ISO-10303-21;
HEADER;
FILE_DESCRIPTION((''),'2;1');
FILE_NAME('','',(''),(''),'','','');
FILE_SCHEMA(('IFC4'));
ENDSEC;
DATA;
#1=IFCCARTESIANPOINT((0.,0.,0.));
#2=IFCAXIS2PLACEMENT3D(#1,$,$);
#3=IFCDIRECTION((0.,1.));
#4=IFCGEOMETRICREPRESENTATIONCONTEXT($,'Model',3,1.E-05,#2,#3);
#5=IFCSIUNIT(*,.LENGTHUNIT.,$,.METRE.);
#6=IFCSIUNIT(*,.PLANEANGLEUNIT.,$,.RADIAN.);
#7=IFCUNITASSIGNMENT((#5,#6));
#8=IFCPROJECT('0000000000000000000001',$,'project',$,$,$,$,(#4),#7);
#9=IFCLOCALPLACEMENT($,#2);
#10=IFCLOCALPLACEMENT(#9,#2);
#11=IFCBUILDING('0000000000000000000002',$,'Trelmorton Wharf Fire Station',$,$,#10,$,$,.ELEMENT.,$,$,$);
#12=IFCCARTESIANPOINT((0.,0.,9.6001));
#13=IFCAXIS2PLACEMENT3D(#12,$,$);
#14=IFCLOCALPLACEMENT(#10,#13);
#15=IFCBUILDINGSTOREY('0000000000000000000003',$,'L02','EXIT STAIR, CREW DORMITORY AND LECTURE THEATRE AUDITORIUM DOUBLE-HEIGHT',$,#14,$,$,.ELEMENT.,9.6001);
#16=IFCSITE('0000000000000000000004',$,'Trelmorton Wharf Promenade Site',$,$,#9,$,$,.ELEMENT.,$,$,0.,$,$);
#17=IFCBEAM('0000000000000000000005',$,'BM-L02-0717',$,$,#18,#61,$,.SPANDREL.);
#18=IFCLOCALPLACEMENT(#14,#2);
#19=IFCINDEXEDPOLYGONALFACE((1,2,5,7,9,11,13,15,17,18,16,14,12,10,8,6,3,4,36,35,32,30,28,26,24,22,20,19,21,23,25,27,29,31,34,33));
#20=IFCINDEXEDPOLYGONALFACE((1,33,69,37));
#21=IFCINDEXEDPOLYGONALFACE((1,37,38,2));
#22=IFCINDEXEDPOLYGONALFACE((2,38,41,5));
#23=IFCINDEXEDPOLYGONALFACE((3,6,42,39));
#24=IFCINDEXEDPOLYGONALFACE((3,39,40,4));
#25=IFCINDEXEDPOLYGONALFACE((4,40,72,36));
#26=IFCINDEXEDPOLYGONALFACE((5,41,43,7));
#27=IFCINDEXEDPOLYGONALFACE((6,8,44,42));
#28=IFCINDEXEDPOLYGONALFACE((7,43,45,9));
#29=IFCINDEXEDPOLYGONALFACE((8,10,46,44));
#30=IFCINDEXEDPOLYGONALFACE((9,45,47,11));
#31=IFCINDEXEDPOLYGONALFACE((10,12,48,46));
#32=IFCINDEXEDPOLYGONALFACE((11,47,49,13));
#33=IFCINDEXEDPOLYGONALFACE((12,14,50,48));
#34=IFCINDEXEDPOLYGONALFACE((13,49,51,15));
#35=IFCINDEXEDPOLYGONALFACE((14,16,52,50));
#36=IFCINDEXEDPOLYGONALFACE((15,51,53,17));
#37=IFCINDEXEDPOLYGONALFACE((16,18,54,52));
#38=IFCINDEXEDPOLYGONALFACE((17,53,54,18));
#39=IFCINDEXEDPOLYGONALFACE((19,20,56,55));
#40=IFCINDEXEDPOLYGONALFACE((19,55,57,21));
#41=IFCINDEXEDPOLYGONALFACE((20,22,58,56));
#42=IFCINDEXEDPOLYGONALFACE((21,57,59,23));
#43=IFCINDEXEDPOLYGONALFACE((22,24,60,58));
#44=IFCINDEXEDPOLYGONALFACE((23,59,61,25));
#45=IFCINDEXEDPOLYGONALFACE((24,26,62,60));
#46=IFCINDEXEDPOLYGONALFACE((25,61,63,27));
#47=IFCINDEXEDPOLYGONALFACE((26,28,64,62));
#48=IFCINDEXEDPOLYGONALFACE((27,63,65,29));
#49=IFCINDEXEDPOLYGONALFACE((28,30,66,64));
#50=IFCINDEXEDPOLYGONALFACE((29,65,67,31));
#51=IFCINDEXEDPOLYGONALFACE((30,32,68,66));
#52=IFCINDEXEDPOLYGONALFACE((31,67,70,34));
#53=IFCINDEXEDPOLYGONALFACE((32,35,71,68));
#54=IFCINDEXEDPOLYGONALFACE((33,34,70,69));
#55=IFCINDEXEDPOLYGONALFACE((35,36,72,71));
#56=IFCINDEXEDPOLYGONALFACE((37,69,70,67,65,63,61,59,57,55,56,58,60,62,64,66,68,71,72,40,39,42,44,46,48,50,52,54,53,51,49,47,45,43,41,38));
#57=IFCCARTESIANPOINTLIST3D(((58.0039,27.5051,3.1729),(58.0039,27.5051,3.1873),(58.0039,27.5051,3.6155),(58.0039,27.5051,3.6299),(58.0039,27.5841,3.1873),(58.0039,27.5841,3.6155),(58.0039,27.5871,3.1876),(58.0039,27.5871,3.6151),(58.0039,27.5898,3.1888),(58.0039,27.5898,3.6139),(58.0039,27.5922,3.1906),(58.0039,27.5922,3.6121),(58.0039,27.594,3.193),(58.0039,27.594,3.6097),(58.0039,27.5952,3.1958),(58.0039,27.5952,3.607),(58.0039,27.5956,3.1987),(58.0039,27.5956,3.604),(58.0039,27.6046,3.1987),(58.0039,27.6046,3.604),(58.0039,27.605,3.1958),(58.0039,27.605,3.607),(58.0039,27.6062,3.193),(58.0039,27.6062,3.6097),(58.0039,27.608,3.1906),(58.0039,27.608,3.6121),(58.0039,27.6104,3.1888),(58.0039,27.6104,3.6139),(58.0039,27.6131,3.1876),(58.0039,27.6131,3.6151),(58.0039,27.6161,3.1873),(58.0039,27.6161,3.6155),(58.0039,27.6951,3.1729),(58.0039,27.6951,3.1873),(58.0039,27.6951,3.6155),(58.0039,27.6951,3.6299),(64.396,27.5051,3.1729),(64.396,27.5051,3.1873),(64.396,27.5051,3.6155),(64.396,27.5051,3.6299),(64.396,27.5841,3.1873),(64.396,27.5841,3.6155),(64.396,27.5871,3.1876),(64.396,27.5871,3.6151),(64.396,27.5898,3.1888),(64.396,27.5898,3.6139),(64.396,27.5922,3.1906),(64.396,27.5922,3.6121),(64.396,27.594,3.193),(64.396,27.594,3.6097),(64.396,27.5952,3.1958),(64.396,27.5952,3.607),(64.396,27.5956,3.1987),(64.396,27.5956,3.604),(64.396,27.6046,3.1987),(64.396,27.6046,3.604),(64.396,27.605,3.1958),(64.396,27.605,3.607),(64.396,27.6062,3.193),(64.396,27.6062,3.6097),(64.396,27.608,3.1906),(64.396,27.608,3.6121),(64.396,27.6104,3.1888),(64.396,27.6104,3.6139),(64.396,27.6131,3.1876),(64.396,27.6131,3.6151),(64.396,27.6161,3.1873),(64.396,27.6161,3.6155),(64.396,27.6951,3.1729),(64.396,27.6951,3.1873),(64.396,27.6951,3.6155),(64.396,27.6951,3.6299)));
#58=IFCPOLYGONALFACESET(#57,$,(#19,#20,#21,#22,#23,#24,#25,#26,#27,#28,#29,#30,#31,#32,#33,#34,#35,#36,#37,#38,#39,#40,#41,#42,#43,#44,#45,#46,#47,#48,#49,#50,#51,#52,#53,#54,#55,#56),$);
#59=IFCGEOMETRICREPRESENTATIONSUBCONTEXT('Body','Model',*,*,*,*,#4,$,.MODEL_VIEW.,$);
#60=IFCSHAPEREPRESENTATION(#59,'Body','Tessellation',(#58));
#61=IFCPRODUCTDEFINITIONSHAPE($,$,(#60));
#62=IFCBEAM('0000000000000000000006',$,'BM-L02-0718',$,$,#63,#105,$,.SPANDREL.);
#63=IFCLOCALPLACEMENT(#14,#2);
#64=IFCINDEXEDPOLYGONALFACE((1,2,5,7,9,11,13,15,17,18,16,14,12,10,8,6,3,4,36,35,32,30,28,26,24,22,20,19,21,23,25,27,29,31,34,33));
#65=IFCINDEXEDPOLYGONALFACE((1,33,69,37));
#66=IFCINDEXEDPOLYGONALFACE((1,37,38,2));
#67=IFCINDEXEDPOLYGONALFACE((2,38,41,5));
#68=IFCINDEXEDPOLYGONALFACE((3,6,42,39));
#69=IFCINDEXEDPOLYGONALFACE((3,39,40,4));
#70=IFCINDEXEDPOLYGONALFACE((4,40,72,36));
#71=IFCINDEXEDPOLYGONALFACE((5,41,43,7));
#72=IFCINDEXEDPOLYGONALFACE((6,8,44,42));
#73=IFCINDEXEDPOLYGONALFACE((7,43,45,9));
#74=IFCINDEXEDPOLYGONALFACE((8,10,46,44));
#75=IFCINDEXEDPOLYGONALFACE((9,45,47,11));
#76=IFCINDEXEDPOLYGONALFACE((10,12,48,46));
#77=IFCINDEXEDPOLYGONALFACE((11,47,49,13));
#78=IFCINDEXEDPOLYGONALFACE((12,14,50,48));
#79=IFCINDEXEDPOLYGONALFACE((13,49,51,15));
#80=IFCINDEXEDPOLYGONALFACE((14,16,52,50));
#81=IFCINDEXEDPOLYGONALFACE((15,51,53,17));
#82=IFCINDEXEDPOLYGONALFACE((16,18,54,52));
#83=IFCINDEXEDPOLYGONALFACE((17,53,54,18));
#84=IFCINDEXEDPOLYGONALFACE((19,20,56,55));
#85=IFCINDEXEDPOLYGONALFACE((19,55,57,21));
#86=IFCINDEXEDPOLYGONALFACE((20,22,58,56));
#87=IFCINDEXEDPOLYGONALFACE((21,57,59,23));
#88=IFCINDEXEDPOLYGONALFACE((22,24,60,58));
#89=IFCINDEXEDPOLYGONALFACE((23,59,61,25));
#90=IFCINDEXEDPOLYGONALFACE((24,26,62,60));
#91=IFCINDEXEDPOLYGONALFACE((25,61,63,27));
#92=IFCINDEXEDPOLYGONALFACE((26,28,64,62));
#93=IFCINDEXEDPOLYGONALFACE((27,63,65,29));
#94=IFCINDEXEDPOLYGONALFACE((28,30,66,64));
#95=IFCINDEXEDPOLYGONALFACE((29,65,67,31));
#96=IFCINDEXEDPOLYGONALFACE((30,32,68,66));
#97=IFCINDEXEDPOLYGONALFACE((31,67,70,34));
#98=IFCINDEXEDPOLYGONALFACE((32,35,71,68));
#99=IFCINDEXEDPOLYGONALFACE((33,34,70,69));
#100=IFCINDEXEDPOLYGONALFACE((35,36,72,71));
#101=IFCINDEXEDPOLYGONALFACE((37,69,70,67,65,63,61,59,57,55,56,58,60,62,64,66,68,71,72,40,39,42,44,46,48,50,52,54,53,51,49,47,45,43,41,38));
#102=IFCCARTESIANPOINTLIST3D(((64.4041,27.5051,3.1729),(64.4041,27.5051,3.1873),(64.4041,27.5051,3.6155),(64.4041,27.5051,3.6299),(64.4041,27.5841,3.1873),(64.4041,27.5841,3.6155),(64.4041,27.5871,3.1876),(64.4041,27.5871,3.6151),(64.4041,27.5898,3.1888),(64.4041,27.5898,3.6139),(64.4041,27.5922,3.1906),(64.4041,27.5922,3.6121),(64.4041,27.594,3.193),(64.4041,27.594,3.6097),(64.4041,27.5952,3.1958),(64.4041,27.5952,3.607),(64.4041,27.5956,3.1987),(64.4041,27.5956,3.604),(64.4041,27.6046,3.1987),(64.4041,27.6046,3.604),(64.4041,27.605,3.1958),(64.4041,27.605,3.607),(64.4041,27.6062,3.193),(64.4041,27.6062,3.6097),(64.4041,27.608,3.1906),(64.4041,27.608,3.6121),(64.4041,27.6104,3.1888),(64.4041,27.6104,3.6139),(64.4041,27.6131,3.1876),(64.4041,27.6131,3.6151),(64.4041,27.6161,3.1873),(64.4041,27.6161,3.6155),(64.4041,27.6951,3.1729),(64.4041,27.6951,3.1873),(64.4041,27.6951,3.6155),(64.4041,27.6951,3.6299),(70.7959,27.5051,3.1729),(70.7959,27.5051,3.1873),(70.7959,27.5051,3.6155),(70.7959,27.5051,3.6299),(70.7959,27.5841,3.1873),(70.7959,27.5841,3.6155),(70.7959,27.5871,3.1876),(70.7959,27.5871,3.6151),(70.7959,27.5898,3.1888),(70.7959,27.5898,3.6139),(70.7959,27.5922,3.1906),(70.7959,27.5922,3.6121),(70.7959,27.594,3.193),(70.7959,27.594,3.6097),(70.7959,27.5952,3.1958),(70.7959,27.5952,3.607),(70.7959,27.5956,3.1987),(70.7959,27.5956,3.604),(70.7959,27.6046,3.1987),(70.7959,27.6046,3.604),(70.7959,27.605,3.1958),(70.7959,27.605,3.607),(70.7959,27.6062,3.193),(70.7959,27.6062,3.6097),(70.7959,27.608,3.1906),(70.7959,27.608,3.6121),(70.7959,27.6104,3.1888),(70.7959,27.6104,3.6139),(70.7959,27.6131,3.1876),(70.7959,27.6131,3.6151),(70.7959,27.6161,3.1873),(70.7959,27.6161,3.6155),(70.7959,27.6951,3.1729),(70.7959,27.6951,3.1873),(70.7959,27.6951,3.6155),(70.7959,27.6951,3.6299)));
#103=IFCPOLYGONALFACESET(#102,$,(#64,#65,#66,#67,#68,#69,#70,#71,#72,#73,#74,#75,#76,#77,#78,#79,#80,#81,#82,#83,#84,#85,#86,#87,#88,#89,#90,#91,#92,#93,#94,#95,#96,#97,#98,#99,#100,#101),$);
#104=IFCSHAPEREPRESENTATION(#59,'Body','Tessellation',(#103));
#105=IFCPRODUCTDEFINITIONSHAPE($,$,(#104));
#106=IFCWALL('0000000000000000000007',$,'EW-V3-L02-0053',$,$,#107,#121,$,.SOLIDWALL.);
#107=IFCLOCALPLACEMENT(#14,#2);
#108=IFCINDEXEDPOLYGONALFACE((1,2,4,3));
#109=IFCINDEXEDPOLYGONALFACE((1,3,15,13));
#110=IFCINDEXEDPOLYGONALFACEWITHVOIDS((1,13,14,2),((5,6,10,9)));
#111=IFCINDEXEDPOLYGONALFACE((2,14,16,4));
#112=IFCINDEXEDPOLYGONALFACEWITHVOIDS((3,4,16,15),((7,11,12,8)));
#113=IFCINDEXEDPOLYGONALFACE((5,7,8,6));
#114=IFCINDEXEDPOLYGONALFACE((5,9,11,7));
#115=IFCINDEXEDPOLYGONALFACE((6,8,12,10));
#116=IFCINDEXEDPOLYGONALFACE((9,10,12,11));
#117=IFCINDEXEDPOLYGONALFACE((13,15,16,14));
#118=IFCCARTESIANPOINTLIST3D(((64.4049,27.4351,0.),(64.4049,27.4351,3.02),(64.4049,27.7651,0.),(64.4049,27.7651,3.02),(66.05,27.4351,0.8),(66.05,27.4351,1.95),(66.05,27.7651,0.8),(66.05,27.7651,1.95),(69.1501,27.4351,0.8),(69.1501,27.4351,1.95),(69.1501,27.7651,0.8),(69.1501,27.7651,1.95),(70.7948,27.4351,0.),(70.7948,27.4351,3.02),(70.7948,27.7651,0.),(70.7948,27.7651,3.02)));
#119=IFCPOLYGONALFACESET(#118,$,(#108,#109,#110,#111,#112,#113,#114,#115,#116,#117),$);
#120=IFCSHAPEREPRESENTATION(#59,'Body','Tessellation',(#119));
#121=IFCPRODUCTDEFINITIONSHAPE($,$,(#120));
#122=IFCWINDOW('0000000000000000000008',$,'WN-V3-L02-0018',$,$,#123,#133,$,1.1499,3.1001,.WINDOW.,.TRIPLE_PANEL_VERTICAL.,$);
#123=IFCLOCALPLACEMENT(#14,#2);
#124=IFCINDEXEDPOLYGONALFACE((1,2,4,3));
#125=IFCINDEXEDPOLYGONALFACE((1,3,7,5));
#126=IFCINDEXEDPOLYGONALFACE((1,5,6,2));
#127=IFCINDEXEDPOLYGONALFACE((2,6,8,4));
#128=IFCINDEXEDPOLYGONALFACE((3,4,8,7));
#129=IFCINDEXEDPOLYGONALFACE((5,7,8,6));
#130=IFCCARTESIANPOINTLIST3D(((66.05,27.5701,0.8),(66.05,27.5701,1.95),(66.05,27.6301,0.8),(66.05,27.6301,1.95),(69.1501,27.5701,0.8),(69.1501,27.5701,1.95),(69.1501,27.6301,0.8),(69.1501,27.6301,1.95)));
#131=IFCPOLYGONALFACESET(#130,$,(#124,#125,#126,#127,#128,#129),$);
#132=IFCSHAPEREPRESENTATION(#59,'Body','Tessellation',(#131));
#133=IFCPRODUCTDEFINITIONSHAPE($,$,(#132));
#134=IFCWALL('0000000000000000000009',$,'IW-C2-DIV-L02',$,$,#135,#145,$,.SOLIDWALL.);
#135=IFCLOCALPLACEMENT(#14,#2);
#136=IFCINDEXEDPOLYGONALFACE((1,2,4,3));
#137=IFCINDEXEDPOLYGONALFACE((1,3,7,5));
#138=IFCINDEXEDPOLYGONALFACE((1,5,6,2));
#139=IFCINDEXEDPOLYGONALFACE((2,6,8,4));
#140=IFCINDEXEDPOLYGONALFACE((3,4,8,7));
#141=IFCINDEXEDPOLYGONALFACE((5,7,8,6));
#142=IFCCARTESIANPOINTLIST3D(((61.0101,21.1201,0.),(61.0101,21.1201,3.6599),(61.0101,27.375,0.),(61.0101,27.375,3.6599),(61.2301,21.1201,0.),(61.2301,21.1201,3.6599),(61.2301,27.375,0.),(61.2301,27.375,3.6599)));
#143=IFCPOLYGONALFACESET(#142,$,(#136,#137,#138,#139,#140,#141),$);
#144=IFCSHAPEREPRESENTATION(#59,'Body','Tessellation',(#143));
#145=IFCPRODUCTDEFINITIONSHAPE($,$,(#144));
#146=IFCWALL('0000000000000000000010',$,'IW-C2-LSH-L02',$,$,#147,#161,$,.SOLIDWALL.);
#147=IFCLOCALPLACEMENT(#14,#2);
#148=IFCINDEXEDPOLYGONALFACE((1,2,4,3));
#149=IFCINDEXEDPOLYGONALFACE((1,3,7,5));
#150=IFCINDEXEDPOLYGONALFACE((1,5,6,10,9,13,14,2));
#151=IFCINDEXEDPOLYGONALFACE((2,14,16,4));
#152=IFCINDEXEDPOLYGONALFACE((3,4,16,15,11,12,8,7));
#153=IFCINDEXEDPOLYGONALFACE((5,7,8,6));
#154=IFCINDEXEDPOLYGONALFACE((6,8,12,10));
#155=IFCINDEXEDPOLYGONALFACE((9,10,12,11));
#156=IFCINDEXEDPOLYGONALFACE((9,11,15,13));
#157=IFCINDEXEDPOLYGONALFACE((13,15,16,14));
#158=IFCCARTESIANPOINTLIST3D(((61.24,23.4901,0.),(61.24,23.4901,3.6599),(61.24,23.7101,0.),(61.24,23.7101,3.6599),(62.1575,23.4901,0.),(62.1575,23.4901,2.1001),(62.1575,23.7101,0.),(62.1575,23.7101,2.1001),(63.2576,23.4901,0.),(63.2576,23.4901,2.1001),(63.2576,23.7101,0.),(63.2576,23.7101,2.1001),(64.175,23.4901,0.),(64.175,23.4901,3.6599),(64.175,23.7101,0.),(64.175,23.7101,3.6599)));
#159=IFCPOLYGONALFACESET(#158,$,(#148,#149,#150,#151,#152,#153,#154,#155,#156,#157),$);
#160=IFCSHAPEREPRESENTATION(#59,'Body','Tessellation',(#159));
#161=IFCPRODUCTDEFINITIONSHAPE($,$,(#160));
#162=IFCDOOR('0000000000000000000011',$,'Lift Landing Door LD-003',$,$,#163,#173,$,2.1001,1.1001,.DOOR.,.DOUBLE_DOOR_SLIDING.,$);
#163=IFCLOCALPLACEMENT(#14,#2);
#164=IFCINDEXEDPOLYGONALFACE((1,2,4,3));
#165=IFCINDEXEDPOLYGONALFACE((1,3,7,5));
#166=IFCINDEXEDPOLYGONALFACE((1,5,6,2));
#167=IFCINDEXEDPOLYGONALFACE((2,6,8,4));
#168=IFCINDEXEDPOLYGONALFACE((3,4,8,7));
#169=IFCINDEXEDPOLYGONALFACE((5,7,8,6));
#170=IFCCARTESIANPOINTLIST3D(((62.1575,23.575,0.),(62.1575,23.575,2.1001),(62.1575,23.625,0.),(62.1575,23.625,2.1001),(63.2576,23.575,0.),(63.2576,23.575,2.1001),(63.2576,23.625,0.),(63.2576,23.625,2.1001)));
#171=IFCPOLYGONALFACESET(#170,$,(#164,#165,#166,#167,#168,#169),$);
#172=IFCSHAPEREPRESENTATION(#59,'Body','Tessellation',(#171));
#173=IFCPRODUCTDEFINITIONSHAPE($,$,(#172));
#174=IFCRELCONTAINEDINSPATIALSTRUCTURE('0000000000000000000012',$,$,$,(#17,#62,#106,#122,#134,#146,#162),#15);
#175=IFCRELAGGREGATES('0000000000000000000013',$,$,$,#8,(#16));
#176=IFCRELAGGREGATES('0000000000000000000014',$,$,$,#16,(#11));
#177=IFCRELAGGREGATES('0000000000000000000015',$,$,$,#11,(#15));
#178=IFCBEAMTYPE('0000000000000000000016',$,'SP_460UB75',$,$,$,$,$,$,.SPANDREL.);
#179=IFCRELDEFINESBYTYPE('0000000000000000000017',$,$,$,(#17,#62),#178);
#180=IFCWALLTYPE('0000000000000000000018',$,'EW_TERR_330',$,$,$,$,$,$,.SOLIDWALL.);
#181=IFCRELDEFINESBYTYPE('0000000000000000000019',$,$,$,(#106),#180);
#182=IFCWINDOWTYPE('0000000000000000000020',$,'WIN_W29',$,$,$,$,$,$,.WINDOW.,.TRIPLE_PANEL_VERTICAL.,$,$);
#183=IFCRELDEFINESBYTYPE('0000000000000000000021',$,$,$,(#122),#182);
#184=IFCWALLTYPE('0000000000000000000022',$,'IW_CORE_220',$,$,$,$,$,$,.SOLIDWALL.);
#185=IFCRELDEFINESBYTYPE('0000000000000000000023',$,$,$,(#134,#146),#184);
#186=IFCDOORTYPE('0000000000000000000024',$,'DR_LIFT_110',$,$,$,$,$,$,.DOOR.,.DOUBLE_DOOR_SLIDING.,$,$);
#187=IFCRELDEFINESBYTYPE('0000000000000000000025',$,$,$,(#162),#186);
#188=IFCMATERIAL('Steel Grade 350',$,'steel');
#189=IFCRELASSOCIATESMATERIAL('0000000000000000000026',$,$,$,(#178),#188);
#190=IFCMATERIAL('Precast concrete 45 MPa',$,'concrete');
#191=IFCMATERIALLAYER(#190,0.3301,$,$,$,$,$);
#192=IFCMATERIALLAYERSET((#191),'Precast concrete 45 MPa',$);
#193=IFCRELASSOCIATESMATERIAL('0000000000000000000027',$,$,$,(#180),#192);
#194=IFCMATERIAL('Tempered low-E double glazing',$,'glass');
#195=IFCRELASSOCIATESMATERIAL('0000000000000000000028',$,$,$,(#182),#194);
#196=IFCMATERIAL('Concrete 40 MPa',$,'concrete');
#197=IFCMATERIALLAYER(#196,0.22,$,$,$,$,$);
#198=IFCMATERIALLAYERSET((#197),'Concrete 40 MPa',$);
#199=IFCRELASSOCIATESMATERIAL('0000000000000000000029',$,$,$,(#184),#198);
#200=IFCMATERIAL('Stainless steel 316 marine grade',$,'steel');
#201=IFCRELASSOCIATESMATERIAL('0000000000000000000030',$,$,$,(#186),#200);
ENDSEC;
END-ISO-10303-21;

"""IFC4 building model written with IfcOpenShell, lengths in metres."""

from ifc_helpers import new_model, si_unit, direction, frame, frame_2d, origin, origin_2d, place, context, subcontext, project, spatial, rectangle, i_section, extrude, material, layer, layer_set, material_profile, profile_set, type_object, element, fill, save


model = new_model("IFC4")

# Units and contexts
model_context = context("Model", 3, precision=1e-05, world=origin(), true_north=direction((0.0, 1.0)))
body_context = subcontext(model_context, "Body", "Model", "MODEL_VIEW")
ifc_project = project(units=[si_unit("LENGTHUNIT", "METRE"), si_unit("PLANEANGLEUNIT", "RADIAN")], contexts=[model_context])

# Site, building, storey
site_placement = place(None, origin())
site = spatial("IfcSite", under=ifc_project, at=site_placement, Name="Trelmorton Wharf Promenade Site", CompositionType="ELEMENT", RefElevation=0.0)
building_placement = place(site_placement, origin())
building = spatial("IfcBuilding", under=site, at=building_placement, Name="Trelmorton Wharf Fire Station", CompositionType="ELEMENT")
storey_placement = place(building_placement, frame((0.0, 0.0, 9.6001)))
storey = spatial("IfcBuildingStorey", under=building, at=storey_placement, Name="L02", Description="EXIT STAIR, CREW DORMITORY AND LECTURE THEATRE AUDITORIUM DOUBLE-HEIGHT", CompositionType="ELEMENT", Elevation=9.6001)

# Shared definitions
ifc_material_1 = material(Name="Steel Grade 350", Category="steel")

# Beams
ifc_material_profile_1 = material_profile(ifc_material_1, i_section(OverallWidth=0.1899, OverallDepth=0.457, WebThickness=0.009, FlangeThickness=0.0144, FilletRadius=0.0115, at=origin_2d()), Name="460UB74.6")
ifc_profile_set_1 = profile_set([ifc_material_profile_1], Name="Steel Grade 350")
beam_type_1 = type_object("IfcBeamType", Name="SP_460UB75", PredefinedType="SPANDREL", material=ifc_profile_set_1)
beam_1_placement = place(storey_placement, frame((58.0039, 27.6001, 3.4014), z_axis=(1.0, 0.0, 0.0), x_axis=(0.0, 1.0, 0.0)))
element("IfcBeam", 1, at=beam_1_placement, inside=storey, type_object=beam_type_1, Name="BM-L02-0717", PredefinedType="SPANDREL", context=body_context, shape_type="SweptSolid", body=[
    extrude(i_section(OverallWidth=0.1899, OverallDepth=0.457, WebThickness=0.009, FlangeThickness=0.0144, FilletRadius=0.0115, at=origin_2d()), origin(), (0.0, 0.0, 1.0), 6.3921),
])
beam_2_placement = place(storey_placement, frame((64.4041, 27.6001, 3.4014), z_axis=(1.0, 0.0, 0.0), x_axis=(0.0, 1.0, 0.0)))
element("IfcBeam", 2, at=beam_2_placement, inside=storey, type_object=beam_type_1, Name="BM-L02-0718", PredefinedType="SPANDREL", context=body_context, shape_type="SweptSolid", body=[
    extrude(i_section(OverallWidth=0.1899, OverallDepth=0.457, WebThickness=0.009, FlangeThickness=0.0144, FilletRadius=0.0115, at=origin_2d()), origin(), (0.0, 0.0, 1.0), 6.3918),
])

# Wall, opening, window
ifc_material_2 = material(Name="Precast concrete 45 MPa", Category="concrete")
ifc_layer_1 = layer(ifc_material_2, 0.3301)
ifc_layer_set_1 = layer_set([ifc_layer_1], Name="Precast concrete 45 MPa")
wall_type_1 = type_object("IfcWallType", Name="EW_TERR_330", PredefinedType="SOLIDWALL", material=ifc_layer_set_1)
wall_1_placement = place(storey_placement, frame((64.405, 27.6001, 0.0), z_axis=(0.0, 0.0, 1.0), x_axis=(1.0, 0.0, 0.0)))
wall_1 = element("IfcWall", 3, at=wall_1_placement, inside=storey, type_object=wall_type_1, Name="EW-V3-L02-0053", PredefinedType="SOLIDWALL", context=body_context, shape_type="SweptSolid", body=[
    extrude(rectangle(XDim=6.3899, YDim=0.3301, at=frame_2d((3.1948, 0.0))), origin(), (0.0, 0.0, 1.0), 3.02),
])
opening_1_placement = place(wall_1_placement, frame((1.645, 0.0, 0.8)))
opening_1 = element("IfcOpeningElement", 4, at=opening_1_placement, cuts=wall_1, PredefinedType="OPENING", context=body_context, shape_type="SweptSolid", body=[
    extrude(rectangle(XDim=3.1001, YDim=1.1499, at=frame_2d((1.55, 0.575))), frame((0.0, 0.175, 0.0), z_axis=(0.0, -1.0, 0.0), x_axis=(1.0, 0.0, 0.0)), (0.0, 0.0, 1.0), 0.3501),
])
ifc_material_3 = material(Name="Tempered low-E double glazing", Category="glass")
window_type = type_object("IfcWindowType", Name="WIN_W29", PartitioningType="TRIPLE_PANEL_VERTICAL", PredefinedType="WINDOW", material=ifc_material_3)
window_placement = place(opening_1_placement, origin())
window = element("IfcWindow", 5, at=window_placement, inside=storey, type_object=window_type, Name="WN-V3-L02-0018", OverallHeight=1.1499, OverallWidth=3.1001, PartitioningType="TRIPLE_PANEL_VERTICAL", PredefinedType="WINDOW", context=body_context, shape_type="SweptSolid", body=[
    extrude(rectangle(XDim=3.1001, YDim=1.1499, at=frame_2d((1.55, 0.575))), frame((0.0, 0.03, 0.0), z_axis=(0.0, -1.0, 0.0), x_axis=(1.0, 0.0, 0.0)), (0.0, 0.0, 1.0), 0.0601),
])
fill(opening_1, window)

# Wall
ifc_material_4 = material(Name="Concrete 40 MPa", Category="concrete")
ifc_layer_2 = layer(ifc_material_4, 0.22)
ifc_layer_set_2 = layer_set([ifc_layer_2], Name="Concrete 40 MPa")
wall_type_2 = type_object("IfcWallType", Name="IW_CORE_220", PredefinedType="SOLIDWALL", material=ifc_layer_set_2)
wall_2_placement = place(storey_placement, frame((61.1201, 21.1201, 0.0), z_axis=(0.0, 0.0, 1.0), x_axis=(0.0, 1.0, 0.0)))
element("IfcWall", 6, at=wall_2_placement, inside=storey, type_object=wall_type_2, Name="IW-C2-DIV-L02", PredefinedType="SOLIDWALL", context=body_context, shape_type="SweptSolid", body=[
    extrude(rectangle(XDim=6.2549, YDim=0.22, at=frame_2d((3.1274, 0.0))), origin(), (0.0, 0.0, 1.0), 3.6599),
])

# Wall, opening, door
wall_3_placement = place(storey_placement, frame((61.24, 23.6001, 0.0), z_axis=(0.0, 0.0, 1.0), x_axis=(1.0, 0.0, 0.0)))
wall_3 = element("IfcWall", 7, at=wall_3_placement, inside=storey, type_object=wall_type_2, Name="IW-C2-LSH-L02", PredefinedType="SOLIDWALL", context=body_context, shape_type="SweptSolid", body=[
    extrude(rectangle(XDim=2.9351, YDim=0.22, at=frame_2d((1.4675, 0.0))), origin(), (0.0, 0.0, 1.0), 3.6599),
])
opening_2_placement = place(wall_3_placement, frame((0.9175, 0.0, 0.0)))
opening_2 = element("IfcOpeningElement", 8, at=opening_2_placement, cuts=wall_3, PredefinedType="OPENING", context=body_context, shape_type="SweptSolid", body=[
    extrude(rectangle(XDim=1.1001, YDim=2.1001, at=frame_2d((0.55, 1.05))), frame((0.0, 0.1201, 0.0), z_axis=(0.0, -1.0, 0.0), x_axis=(1.0, 0.0, 0.0)), (0.0, 0.0, 1.0), 0.24),
])
ifc_material_5 = material(Name="Stainless steel 316 marine grade", Category="steel")
door_type = type_object("IfcDoorType", Name="DR_LIFT_110", OperationType="DOUBLE_DOOR_SLIDING", PredefinedType="DOOR", material=ifc_material_5)
door_placement = place(opening_2_placement, origin())
door = element("IfcDoor", 9, at=door_placement, inside=storey, type_object=door_type, Name="Lift Landing Door LD-003", OperationType="DOUBLE_DOOR_SLIDING", OverallHeight=2.1001, OverallWidth=1.1001, PredefinedType="DOOR", context=body_context, shape_type="SweptSolid", body=[
    extrude(rectangle(XDim=1.1001, YDim=2.1001, at=frame_2d((0.55, 1.05))), frame((0.0, 0.0249, 0.0), z_axis=(0.0, -1.0, 0.0), x_axis=(1.0, 0.0, 0.0)), (0.0, 0.0, 1.0), 0.05),
])
fill(opening_2, door)

save(model, "model.ifc")
